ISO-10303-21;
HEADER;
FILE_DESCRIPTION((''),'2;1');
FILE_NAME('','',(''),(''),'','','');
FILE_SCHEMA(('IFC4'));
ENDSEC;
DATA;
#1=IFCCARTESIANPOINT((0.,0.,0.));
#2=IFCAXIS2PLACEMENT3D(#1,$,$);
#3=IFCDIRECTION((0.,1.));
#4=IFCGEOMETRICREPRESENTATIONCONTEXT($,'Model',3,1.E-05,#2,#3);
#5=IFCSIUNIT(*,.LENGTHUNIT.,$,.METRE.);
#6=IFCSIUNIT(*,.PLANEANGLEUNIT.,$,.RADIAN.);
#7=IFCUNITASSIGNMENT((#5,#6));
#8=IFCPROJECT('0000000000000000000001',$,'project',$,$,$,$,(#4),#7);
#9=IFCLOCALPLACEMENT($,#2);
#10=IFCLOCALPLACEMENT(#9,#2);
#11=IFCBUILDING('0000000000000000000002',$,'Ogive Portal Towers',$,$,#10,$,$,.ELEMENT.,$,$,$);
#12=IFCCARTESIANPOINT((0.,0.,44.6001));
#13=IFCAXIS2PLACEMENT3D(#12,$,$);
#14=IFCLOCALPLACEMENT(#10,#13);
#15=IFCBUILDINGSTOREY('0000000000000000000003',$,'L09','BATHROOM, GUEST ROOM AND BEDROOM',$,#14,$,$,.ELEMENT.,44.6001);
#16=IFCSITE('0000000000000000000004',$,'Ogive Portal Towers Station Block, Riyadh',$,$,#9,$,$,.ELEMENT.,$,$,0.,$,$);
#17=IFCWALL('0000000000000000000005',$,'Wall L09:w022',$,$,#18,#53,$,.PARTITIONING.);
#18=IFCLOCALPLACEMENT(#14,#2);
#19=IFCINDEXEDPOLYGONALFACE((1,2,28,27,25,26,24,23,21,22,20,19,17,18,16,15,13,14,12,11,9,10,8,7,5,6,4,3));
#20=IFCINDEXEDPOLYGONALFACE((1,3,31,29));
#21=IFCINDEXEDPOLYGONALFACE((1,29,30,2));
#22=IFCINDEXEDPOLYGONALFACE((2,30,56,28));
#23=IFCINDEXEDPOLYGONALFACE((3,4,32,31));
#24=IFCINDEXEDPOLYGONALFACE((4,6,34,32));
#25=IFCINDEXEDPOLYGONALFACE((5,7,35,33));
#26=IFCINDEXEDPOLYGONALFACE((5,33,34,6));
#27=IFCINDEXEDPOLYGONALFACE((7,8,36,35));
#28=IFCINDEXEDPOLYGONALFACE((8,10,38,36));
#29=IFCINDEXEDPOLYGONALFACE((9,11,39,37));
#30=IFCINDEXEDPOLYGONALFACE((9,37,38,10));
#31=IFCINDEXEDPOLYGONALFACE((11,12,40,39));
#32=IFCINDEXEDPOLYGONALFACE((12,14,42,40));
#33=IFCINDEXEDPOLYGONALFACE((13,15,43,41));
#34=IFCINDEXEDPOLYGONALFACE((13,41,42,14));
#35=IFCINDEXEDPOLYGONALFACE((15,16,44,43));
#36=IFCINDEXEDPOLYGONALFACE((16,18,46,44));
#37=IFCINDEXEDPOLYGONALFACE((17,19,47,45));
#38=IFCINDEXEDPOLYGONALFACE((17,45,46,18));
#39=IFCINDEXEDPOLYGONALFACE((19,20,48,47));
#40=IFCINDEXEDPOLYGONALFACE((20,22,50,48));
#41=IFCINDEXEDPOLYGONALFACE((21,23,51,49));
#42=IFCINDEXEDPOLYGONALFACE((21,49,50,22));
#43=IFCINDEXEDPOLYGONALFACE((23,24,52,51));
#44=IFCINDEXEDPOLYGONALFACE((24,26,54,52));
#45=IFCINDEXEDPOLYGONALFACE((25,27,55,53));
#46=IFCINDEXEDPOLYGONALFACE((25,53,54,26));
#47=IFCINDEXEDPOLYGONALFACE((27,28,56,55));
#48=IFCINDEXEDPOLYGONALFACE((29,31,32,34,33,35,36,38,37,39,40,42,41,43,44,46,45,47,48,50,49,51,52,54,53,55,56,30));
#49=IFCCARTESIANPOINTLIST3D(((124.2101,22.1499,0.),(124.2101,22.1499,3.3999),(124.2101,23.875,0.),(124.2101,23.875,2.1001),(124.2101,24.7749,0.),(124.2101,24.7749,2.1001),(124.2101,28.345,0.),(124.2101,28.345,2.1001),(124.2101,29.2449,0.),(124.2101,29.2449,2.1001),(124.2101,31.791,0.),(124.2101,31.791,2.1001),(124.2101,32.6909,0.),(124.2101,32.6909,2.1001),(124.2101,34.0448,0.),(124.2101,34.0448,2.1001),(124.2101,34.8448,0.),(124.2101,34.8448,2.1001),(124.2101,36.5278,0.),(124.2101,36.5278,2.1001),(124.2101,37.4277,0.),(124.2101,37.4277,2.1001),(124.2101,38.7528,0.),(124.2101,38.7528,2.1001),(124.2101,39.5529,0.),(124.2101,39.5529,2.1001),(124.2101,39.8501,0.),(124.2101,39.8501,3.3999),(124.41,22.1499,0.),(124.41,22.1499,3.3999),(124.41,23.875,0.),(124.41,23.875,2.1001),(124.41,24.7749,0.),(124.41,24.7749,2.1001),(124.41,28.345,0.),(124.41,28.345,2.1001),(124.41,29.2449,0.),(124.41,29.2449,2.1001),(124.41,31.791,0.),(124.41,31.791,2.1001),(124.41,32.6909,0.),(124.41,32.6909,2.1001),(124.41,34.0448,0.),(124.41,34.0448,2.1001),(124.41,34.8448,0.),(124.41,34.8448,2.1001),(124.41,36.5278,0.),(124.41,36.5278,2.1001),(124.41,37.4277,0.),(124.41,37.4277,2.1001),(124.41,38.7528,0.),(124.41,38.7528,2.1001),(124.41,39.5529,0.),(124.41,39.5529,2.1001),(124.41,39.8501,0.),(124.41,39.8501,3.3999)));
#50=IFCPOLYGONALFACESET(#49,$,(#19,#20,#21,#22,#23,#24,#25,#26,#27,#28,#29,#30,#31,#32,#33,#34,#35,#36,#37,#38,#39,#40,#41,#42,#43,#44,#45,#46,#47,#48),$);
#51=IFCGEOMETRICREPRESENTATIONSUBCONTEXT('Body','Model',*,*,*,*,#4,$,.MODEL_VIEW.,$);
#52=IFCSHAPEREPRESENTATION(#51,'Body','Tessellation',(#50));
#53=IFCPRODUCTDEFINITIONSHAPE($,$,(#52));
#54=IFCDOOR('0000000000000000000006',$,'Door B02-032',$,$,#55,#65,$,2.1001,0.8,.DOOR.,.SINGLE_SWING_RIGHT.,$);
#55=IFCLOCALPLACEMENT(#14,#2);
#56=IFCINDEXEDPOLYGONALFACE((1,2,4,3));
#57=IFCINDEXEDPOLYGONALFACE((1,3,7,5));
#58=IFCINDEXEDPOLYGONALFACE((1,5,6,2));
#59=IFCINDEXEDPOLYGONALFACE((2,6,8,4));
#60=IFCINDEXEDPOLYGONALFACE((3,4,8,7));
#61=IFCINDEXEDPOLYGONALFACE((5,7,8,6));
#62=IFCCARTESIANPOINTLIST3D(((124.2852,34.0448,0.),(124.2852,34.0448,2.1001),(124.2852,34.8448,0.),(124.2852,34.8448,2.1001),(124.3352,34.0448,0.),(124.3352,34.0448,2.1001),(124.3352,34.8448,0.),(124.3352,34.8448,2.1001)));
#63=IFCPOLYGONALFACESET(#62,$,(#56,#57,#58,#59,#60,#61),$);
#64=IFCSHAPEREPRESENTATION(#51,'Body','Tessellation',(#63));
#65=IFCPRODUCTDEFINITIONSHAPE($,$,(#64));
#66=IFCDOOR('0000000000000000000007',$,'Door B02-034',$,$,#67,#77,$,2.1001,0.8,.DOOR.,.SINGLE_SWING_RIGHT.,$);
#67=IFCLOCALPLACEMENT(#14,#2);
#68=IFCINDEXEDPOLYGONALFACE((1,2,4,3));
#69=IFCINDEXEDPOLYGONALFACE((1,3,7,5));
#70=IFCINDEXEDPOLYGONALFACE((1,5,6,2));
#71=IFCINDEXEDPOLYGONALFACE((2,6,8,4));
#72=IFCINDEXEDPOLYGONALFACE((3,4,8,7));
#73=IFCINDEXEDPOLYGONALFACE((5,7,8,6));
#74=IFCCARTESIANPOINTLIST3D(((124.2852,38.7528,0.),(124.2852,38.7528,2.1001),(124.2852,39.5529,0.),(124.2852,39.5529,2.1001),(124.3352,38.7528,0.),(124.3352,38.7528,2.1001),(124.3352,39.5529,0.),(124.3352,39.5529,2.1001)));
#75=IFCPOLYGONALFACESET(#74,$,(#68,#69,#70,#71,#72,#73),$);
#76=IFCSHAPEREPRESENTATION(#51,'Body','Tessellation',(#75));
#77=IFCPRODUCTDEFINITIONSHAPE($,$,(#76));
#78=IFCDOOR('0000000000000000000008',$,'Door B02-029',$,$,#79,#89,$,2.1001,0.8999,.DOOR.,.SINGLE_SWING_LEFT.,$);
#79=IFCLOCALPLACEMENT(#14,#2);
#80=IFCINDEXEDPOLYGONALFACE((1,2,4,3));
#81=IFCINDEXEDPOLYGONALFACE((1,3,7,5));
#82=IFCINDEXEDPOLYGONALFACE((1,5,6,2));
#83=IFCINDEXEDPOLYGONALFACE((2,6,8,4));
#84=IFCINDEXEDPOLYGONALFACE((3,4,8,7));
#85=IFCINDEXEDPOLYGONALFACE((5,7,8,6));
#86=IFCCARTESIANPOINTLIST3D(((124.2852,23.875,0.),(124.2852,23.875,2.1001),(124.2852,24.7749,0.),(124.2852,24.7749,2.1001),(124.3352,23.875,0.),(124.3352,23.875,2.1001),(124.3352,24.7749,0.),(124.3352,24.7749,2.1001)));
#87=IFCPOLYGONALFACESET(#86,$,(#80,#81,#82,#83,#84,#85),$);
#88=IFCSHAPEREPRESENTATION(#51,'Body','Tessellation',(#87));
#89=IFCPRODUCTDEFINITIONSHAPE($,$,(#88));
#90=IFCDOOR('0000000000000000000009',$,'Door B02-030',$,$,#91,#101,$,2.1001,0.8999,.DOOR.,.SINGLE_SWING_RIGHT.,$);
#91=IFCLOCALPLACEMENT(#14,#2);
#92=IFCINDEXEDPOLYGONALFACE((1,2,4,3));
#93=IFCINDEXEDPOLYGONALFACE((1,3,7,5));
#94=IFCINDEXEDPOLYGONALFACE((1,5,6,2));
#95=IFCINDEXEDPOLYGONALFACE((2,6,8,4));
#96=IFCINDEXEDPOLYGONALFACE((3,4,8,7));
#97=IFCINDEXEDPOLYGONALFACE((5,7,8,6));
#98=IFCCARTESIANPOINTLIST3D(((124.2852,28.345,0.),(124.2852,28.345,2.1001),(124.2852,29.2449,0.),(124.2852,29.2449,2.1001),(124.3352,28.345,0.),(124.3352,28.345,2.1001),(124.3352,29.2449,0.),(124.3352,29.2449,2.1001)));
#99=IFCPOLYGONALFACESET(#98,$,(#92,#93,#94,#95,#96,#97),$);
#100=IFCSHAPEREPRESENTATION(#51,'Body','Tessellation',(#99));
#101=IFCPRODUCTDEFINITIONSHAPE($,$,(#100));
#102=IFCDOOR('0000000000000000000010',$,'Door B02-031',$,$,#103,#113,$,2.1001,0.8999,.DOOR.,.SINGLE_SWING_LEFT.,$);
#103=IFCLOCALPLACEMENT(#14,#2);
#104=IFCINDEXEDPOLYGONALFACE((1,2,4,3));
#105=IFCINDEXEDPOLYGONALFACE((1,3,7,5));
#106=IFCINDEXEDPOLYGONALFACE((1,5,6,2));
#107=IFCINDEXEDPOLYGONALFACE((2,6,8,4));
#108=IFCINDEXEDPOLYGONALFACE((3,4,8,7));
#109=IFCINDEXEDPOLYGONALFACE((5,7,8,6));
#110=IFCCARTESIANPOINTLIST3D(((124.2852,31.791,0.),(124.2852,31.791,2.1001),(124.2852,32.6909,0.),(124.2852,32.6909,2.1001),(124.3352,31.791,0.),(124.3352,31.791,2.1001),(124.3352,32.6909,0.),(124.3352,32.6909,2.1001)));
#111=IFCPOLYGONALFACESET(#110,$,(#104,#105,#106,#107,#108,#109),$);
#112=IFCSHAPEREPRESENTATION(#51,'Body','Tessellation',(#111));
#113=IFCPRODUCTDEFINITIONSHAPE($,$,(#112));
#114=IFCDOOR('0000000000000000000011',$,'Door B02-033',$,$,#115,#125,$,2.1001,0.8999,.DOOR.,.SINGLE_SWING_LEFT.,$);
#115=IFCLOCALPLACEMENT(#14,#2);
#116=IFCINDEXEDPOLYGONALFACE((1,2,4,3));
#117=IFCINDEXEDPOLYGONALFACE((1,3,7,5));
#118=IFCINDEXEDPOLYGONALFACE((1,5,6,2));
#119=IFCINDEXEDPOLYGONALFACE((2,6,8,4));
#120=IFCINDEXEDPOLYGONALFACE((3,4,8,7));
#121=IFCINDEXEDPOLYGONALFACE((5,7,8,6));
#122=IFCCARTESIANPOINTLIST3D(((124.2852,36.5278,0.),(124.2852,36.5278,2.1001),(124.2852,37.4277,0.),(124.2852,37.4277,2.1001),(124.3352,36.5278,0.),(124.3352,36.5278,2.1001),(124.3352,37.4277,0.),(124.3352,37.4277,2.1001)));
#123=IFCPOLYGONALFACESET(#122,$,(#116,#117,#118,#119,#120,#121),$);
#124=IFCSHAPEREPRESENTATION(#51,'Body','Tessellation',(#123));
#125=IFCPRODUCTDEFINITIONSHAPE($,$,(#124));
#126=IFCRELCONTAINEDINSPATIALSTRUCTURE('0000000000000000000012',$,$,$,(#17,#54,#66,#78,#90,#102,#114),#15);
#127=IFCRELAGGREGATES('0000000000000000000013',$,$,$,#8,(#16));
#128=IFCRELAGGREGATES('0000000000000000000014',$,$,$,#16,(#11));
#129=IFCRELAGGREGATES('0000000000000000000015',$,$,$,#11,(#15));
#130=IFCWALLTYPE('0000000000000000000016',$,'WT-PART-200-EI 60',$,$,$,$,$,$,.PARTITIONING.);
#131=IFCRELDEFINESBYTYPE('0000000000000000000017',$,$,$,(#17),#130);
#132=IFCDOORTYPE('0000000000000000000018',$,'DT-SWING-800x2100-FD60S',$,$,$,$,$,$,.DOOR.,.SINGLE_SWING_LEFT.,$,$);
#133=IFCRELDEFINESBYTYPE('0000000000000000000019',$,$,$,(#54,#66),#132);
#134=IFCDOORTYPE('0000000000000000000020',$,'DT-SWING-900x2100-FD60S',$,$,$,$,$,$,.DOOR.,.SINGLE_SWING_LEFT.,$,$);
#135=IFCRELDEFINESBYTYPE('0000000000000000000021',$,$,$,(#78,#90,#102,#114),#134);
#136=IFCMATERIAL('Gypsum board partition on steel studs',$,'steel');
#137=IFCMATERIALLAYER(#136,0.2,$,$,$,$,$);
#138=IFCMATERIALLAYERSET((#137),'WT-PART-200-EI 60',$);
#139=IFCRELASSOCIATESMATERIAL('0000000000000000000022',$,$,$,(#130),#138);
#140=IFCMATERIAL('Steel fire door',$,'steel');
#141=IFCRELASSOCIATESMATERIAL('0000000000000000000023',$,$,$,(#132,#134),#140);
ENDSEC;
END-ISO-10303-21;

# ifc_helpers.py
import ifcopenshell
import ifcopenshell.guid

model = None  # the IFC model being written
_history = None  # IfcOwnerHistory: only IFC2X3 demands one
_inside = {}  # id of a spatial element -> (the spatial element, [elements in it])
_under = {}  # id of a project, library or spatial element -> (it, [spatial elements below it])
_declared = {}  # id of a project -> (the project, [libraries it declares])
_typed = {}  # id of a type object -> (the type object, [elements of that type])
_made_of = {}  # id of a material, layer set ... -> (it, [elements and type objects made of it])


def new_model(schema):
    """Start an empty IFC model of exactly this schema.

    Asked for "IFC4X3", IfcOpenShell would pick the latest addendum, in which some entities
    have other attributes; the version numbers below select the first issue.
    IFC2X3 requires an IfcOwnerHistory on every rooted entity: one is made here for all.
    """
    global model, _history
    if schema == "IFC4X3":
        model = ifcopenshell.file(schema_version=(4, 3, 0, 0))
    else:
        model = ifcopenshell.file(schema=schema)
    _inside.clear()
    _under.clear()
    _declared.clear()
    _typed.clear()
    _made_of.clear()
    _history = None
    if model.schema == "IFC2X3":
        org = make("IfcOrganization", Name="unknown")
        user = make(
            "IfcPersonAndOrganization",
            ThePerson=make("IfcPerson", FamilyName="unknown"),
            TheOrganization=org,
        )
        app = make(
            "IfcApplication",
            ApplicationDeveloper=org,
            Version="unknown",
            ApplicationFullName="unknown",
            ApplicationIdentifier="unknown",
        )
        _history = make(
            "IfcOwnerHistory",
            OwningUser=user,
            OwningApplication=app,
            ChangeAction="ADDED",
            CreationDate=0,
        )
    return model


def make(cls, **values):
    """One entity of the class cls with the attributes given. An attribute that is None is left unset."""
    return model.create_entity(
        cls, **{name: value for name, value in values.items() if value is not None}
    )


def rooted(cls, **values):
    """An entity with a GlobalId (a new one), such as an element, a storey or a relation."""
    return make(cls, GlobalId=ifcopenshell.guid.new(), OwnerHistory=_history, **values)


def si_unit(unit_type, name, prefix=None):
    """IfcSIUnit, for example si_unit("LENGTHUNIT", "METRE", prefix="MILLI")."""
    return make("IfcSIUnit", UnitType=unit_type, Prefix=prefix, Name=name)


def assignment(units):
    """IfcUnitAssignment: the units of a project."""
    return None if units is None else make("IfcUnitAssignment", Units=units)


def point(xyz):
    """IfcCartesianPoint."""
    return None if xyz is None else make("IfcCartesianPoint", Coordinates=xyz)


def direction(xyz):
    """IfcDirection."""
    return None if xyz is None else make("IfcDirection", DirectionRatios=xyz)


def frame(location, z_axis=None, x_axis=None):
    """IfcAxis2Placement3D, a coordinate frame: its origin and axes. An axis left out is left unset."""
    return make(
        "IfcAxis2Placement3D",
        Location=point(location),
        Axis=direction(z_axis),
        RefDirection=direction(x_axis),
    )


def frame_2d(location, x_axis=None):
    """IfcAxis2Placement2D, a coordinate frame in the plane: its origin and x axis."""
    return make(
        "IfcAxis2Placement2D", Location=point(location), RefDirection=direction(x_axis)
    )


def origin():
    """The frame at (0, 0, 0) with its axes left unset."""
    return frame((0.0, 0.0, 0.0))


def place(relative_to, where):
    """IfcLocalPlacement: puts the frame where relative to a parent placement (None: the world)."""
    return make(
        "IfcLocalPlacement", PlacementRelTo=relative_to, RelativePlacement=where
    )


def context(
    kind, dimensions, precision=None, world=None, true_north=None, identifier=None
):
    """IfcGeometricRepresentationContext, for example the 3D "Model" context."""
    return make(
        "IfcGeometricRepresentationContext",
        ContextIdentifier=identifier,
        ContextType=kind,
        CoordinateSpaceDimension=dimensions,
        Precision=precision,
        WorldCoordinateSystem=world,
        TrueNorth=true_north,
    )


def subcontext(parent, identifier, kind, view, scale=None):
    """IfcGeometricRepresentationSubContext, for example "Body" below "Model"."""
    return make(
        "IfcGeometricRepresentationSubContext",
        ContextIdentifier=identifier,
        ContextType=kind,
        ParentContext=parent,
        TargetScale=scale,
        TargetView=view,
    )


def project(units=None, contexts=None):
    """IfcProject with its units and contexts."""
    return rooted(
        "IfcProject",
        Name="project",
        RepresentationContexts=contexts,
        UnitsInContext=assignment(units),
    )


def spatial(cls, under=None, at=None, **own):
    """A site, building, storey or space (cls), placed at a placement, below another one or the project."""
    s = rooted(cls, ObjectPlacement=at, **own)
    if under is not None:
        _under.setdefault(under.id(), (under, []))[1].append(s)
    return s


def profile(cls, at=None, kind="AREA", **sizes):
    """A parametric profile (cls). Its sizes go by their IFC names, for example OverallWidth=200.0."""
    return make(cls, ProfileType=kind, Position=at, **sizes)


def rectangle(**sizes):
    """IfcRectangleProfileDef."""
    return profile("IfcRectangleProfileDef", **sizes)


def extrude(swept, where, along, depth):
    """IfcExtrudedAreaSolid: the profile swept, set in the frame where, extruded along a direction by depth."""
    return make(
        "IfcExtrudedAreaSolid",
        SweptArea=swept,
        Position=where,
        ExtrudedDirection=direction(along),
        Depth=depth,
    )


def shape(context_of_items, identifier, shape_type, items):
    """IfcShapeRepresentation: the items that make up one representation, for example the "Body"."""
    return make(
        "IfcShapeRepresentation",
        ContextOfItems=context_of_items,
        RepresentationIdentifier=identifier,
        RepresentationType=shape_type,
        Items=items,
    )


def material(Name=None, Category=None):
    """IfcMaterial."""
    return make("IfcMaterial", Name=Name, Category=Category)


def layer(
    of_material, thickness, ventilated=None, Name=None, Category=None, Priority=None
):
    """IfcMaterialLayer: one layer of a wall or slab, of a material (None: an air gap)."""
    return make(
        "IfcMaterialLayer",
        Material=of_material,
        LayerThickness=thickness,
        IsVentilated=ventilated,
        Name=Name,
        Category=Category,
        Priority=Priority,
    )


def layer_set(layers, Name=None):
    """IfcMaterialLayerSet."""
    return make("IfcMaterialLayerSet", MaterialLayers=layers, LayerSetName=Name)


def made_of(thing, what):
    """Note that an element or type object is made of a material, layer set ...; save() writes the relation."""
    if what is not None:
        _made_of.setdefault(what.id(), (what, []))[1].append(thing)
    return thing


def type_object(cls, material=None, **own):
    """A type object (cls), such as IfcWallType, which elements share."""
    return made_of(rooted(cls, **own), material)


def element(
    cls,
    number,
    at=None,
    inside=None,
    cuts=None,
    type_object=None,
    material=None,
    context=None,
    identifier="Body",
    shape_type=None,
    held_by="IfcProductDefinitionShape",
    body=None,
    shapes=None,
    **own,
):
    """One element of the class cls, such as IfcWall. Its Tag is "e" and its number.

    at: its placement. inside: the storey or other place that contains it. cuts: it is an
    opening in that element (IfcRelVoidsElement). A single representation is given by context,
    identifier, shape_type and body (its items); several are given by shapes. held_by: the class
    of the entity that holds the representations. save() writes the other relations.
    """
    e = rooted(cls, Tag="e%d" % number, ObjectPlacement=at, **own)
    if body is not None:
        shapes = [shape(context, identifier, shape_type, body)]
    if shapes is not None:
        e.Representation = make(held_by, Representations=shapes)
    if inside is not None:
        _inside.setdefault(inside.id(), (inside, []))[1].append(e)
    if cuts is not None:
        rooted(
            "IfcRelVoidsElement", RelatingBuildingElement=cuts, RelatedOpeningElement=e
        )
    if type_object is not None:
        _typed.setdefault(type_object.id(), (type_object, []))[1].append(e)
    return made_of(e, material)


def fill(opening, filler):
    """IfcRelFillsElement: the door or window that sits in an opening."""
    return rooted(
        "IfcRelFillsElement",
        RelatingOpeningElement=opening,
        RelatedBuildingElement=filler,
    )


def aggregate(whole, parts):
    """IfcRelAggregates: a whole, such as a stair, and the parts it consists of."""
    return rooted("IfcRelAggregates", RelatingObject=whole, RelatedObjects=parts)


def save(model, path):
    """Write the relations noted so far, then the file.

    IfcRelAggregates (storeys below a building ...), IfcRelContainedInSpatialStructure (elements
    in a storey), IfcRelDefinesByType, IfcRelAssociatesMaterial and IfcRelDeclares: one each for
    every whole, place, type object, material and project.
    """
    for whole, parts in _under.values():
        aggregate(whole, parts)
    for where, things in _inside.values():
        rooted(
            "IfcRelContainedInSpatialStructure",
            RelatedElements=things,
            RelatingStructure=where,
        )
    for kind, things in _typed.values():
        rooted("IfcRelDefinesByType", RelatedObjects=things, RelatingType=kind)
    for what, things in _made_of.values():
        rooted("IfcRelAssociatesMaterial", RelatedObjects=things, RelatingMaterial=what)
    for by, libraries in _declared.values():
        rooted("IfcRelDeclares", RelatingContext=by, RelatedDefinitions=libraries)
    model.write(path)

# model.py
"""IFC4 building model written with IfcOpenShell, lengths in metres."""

from ifc_helpers import new_model, si_unit, direction, frame, frame_2d, origin, place, context, subcontext, project, spatial, rectangle, extrude, material, layer, layer_set, type_object, element, fill, save


model = new_model("IFC4")

# Units and contexts
model_context = context("Model", 3, precision=1e-05, world=origin(), true_north=direction((0.0, 1.0)))
body_context = subcontext(model_context, "Body", "Model", "MODEL_VIEW")
ifc_project = project(units=[si_unit("LENGTHUNIT", "METRE"), si_unit("PLANEANGLEUNIT", "RADIAN")], contexts=[model_context])

# Site, building, storey
site_placement = place(None, origin())
site = spatial("IfcSite", under=ifc_project, at=site_placement, Name="Ogive Portal Towers Station Block, Riyadh", CompositionType="ELEMENT", RefElevation=0.0)
building_placement = place(site_placement, origin())
building = spatial("IfcBuilding", under=site, at=building_placement, Name="Ogive Portal Towers", CompositionType="ELEMENT")
storey_placement = place(building_placement, frame((0.0, 0.0, 44.6001)))
storey = spatial("IfcBuildingStorey", under=building, at=storey_placement, Name="L09", Description="BATHROOM, GUEST ROOM AND BEDROOM", CompositionType="ELEMENT", Elevation=44.6001)

# Shared definitions
ifc_material_1 = material(Name="Steel fire door", Category="steel")

# Wall, openings, doors
ifc_material_2 = material(Name="Gypsum board partition on steel studs", Category="steel")
ifc_layer_1 = layer(ifc_material_2, 0.2)
ifc_layer_set_1 = layer_set([ifc_layer_1], Name="WT-PART-200-EI 60")
wall_type_1 = type_object("IfcWallType", Name="WT-PART-200-EI 60", PredefinedType="PARTITIONING", material=ifc_layer_set_1)
door_type_1 = type_object("IfcDoorType", Name="DT-SWING-800x2100-FD60S", OperationType="SINGLE_SWING_LEFT", PredefinedType="DOOR", material=ifc_material_1)
door_type_2 = type_object("IfcDoorType", Name="DT-SWING-900x2100-FD60S", OperationType="SINGLE_SWING_LEFT", PredefinedType="DOOR", material=ifc_material_1)
wall_1_placement = place(storey_placement, frame((124.3101, 22.1499, 0.0), z_axis=(0.0, 0.0, 1.0), x_axis=(0.0, 1.0, 0.0)))
wall_1 = element("IfcWall", 1, at=wall_1_placement, inside=storey, type_object=wall_type_1, Name="Wall L09:w022", PredefinedType="PARTITIONING", context=body_context, shape_type="SweptSolid", body=[
    extrude(rectangle(XDim=17.7002, YDim=0.2, at=frame_2d((8.8501, 0.0))), origin(), (0.0, 0.0, 1.0), 3.3999),
])
opening_1_placement = place(wall_1_placement, frame((1.7251, 0.0, 0.0)))
opening_1 = element("IfcOpeningElement", 2, at=opening_1_placement, cuts=wall_1, PredefinedType="OPENING", context=body_context, shape_type="SweptSolid", body=[
    extrude(rectangle(XDim=0.8999, YDim=2.1001, at=frame_2d((0.45, 1.05))), frame((0.0, 0.1099, 0.0), z_axis=(0.0, -1.0, 0.0), x_axis=(1.0, 0.0, 0.0)), (0.0, 0.0, 1.0), 0.22),
])
opening_2_placement = place(wall_1_placement, frame((6.1951, 0.0, 0.0)))
opening_2 = element("IfcOpeningElement", 3, at=opening_2_placement, cuts=wall_1, PredefinedType="OPENING", context=body_context, shape_type="SweptSolid", body=[
    extrude(rectangle(XDim=0.8999, YDim=2.1001, at=frame_2d((0.45, 1.05))), frame((0.0, 0.1099, 0.0), z_axis=(0.0, -1.0, 0.0), x_axis=(1.0, 0.0, 0.0)), (0.0, 0.0, 1.0), 0.22),
])
opening_3_placement = place(wall_1_placement, frame((9.6411, 0.0, 0.0)))
opening_3 = element("IfcOpeningElement", 4, at=opening_3_placement, cuts=wall_1, PredefinedType="OPENING", context=body_context, shape_type="SweptSolid", body=[
    extrude(rectangle(XDim=0.8999, YDim=2.1001, at=frame_2d((0.45, 1.05))), frame((0.0, 0.1099, 0.0), z_axis=(0.0, -1.0, 0.0), x_axis=(1.0, 0.0, 0.0)), (0.0, 0.0, 1.0), 0.22),
])
opening_4_placement = place(wall_1_placement, frame((11.895, 0.0, 0.0)))
opening_4 = element("IfcOpeningElement", 5, at=opening_4_placement, cuts=wall_1, PredefinedType="OPENING", context=body_context, shape_type="SweptSolid", body=[
    extrude(rectangle(XDim=0.8, YDim=2.1001, at=frame_2d((0.3999, 1.05))), frame((0.0, 0.1099, 0.0), z_axis=(0.0, -1.0, 0.0), x_axis=(1.0, 0.0, 0.0)), (0.0, 0.0, 1.0), 0.22),
])
opening_5_placement = place(wall_1_placement, frame((14.3779, 0.0, 0.0)))
opening_5 = element("IfcOpeningElement", 6, at=opening_5_placement, cuts=wall_1, PredefinedType="OPENING", context=body_context, shape_type="SweptSolid", body=[
    extrude(rectangle(XDim=0.8999, YDim=2.1001, at=frame_2d((0.45, 1.05))), frame((0.0, 0.1099, 0.0), z_axis=(0.0, -1.0, 0.0), x_axis=(1.0, 0.0, 0.0)), (0.0, 0.0, 1.0), 0.22),
])
opening_6_placement = place(wall_1_placement, frame((16.603, 0.0, 0.0)))
opening_6 = element("IfcOpeningElement", 7, at=opening_6_placement, cuts=wall_1, PredefinedType="OPENING", context=body_context, shape_type="SweptSolid", body=[
    extrude(rectangle(XDim=0.8, YDim=2.1001, at=frame_2d((0.3999, 1.05))), frame((0.0, 0.1099, 0.0), z_axis=(0.0, -1.0, 0.0), x_axis=(1.0, 0.0, 0.0)), (0.0, 0.0, 1.0), 0.22),
])
door_1_placement = place(opening_4_placement, origin())
door_1 = element("IfcDoor", 8, at=door_1_placement, inside=storey, type_object=door_type_1, Name="Door B02-032", OperationType="SINGLE_SWING_RIGHT", OverallHeight=2.1001, OverallWidth=0.8, PredefinedType="DOOR", context=body_context, shape_type="SweptSolid", body=[
    extrude(rectangle(XDim=0.8, YDim=2.1001, at=frame_2d((0.3999, 1.05))), frame((0.0, 0.0249, 0.0), z_axis=(0.0, -1.0, 0.0), x_axis=(1.0, 0.0, 0.0)), (0.0, 0.0, 1.0), 0.05),
])
fill(opening_4, door_1)
door_2_placement = place(opening_6_placement, origin())
door_2 = element("IfcDoor", 9, at=door_2_placement, inside=storey, type_object=door_type_1, Name="Door B02-034", OperationType="SINGLE_SWING_RIGHT", OverallHeight=2.1001, OverallWidth=0.8, PredefinedType="DOOR", context=body_context, shape_type="SweptSolid", body=[
    extrude(rectangle(XDim=0.8, YDim=2.1001, at=frame_2d((0.3999, 1.05))), frame((0.0, 0.0249, 0.0), z_axis=(0.0, -1.0, 0.0), x_axis=(1.0, 0.0, 0.0)), (0.0, 0.0, 1.0), 0.05),
])
fill(opening_6, door_2)
door_3_placement = place(opening_1_placement, origin())
door_3 = element("IfcDoor", 10, at=door_3_placement, inside=storey, type_object=door_type_2, Name="Door B02-029", OperationType="SINGLE_SWING_LEFT", OverallHeight=2.1001, OverallWidth=0.8999, PredefinedType="DOOR", context=body_context, shape_type="SweptSolid", body=[
    extrude(rectangle(XDim=0.8999, YDim=2.1001, at=frame_2d((0.45, 1.05))), frame((0.0, 0.0249, 0.0), z_axis=(0.0, -1.0, 0.0), x_axis=(1.0, 0.0, 0.0)), (0.0, 0.0, 1.0), 0.05),
])
fill(opening_1, door_3)
door_4_placement = place(opening_2_placement, origin())
door_4 = element("IfcDoor", 11, at=door_4_placement, inside=storey, type_object=door_type_2, Name="Door B02-030", OperationType="SINGLE_SWING_RIGHT", OverallHeight=2.1001, OverallWidth=0.8999, PredefinedType="DOOR", context=body_context, shape_type="SweptSolid", body=[
    extrude(rectangle(XDim=0.8999, YDim=2.1001, at=frame_2d((0.45, 1.05))), frame((0.0, 0.0249, 0.0), z_axis=(0.0, -1.0, 0.0), x_axis=(1.0, 0.0, 0.0)), (0.0, 0.0, 1.0), 0.05),
])
fill(opening_2, door_4)
door_5_placement = place(opening_3_placement, origin())
door_5 = element("IfcDoor", 12, at=door_5_placement, inside=storey, type_object=door_type_2, Name="Door B02-031", OperationType="SINGLE_SWING_LEFT", OverallHeight=2.1001, OverallWidth=0.8999, PredefinedType="DOOR", context=body_context, shape_type="SweptSolid", body=[
    extrude(rectangle(XDim=0.8999, YDim=2.1001, at=frame_2d((0.45, 1.05))), frame((0.0, 0.0249, 0.0), z_axis=(0.0, -1.0, 0.0), x_axis=(1.0, 0.0, 0.0)), (0.0, 0.0, 1.0), 0.05),
])
fill(opening_3, door_5)
door_6_placement = place(opening_5_placement, origin())
door_6 = element("IfcDoor", 13, at=door_6_placement, inside=storey, type_object=door_type_2, Name="Door B02-033", OperationType="SINGLE_SWING_LEFT", OverallHeight=2.1001, OverallWidth=0.8999, PredefinedType="DOOR", context=body_context, shape_type="SweptSolid", body=[
    extrude(rectangle(XDim=0.8999, YDim=2.1001, at=frame_2d((0.45, 1.05))), frame((0.0, 0.0249, 0.0), z_axis=(0.0, -1.0, 0.0), x_axis=(1.0, 0.0, 0.0)), (0.0, 0.0, 1.0), 0.05),
])
fill(opening_5, door_6)

save(model, "model.ifc")
